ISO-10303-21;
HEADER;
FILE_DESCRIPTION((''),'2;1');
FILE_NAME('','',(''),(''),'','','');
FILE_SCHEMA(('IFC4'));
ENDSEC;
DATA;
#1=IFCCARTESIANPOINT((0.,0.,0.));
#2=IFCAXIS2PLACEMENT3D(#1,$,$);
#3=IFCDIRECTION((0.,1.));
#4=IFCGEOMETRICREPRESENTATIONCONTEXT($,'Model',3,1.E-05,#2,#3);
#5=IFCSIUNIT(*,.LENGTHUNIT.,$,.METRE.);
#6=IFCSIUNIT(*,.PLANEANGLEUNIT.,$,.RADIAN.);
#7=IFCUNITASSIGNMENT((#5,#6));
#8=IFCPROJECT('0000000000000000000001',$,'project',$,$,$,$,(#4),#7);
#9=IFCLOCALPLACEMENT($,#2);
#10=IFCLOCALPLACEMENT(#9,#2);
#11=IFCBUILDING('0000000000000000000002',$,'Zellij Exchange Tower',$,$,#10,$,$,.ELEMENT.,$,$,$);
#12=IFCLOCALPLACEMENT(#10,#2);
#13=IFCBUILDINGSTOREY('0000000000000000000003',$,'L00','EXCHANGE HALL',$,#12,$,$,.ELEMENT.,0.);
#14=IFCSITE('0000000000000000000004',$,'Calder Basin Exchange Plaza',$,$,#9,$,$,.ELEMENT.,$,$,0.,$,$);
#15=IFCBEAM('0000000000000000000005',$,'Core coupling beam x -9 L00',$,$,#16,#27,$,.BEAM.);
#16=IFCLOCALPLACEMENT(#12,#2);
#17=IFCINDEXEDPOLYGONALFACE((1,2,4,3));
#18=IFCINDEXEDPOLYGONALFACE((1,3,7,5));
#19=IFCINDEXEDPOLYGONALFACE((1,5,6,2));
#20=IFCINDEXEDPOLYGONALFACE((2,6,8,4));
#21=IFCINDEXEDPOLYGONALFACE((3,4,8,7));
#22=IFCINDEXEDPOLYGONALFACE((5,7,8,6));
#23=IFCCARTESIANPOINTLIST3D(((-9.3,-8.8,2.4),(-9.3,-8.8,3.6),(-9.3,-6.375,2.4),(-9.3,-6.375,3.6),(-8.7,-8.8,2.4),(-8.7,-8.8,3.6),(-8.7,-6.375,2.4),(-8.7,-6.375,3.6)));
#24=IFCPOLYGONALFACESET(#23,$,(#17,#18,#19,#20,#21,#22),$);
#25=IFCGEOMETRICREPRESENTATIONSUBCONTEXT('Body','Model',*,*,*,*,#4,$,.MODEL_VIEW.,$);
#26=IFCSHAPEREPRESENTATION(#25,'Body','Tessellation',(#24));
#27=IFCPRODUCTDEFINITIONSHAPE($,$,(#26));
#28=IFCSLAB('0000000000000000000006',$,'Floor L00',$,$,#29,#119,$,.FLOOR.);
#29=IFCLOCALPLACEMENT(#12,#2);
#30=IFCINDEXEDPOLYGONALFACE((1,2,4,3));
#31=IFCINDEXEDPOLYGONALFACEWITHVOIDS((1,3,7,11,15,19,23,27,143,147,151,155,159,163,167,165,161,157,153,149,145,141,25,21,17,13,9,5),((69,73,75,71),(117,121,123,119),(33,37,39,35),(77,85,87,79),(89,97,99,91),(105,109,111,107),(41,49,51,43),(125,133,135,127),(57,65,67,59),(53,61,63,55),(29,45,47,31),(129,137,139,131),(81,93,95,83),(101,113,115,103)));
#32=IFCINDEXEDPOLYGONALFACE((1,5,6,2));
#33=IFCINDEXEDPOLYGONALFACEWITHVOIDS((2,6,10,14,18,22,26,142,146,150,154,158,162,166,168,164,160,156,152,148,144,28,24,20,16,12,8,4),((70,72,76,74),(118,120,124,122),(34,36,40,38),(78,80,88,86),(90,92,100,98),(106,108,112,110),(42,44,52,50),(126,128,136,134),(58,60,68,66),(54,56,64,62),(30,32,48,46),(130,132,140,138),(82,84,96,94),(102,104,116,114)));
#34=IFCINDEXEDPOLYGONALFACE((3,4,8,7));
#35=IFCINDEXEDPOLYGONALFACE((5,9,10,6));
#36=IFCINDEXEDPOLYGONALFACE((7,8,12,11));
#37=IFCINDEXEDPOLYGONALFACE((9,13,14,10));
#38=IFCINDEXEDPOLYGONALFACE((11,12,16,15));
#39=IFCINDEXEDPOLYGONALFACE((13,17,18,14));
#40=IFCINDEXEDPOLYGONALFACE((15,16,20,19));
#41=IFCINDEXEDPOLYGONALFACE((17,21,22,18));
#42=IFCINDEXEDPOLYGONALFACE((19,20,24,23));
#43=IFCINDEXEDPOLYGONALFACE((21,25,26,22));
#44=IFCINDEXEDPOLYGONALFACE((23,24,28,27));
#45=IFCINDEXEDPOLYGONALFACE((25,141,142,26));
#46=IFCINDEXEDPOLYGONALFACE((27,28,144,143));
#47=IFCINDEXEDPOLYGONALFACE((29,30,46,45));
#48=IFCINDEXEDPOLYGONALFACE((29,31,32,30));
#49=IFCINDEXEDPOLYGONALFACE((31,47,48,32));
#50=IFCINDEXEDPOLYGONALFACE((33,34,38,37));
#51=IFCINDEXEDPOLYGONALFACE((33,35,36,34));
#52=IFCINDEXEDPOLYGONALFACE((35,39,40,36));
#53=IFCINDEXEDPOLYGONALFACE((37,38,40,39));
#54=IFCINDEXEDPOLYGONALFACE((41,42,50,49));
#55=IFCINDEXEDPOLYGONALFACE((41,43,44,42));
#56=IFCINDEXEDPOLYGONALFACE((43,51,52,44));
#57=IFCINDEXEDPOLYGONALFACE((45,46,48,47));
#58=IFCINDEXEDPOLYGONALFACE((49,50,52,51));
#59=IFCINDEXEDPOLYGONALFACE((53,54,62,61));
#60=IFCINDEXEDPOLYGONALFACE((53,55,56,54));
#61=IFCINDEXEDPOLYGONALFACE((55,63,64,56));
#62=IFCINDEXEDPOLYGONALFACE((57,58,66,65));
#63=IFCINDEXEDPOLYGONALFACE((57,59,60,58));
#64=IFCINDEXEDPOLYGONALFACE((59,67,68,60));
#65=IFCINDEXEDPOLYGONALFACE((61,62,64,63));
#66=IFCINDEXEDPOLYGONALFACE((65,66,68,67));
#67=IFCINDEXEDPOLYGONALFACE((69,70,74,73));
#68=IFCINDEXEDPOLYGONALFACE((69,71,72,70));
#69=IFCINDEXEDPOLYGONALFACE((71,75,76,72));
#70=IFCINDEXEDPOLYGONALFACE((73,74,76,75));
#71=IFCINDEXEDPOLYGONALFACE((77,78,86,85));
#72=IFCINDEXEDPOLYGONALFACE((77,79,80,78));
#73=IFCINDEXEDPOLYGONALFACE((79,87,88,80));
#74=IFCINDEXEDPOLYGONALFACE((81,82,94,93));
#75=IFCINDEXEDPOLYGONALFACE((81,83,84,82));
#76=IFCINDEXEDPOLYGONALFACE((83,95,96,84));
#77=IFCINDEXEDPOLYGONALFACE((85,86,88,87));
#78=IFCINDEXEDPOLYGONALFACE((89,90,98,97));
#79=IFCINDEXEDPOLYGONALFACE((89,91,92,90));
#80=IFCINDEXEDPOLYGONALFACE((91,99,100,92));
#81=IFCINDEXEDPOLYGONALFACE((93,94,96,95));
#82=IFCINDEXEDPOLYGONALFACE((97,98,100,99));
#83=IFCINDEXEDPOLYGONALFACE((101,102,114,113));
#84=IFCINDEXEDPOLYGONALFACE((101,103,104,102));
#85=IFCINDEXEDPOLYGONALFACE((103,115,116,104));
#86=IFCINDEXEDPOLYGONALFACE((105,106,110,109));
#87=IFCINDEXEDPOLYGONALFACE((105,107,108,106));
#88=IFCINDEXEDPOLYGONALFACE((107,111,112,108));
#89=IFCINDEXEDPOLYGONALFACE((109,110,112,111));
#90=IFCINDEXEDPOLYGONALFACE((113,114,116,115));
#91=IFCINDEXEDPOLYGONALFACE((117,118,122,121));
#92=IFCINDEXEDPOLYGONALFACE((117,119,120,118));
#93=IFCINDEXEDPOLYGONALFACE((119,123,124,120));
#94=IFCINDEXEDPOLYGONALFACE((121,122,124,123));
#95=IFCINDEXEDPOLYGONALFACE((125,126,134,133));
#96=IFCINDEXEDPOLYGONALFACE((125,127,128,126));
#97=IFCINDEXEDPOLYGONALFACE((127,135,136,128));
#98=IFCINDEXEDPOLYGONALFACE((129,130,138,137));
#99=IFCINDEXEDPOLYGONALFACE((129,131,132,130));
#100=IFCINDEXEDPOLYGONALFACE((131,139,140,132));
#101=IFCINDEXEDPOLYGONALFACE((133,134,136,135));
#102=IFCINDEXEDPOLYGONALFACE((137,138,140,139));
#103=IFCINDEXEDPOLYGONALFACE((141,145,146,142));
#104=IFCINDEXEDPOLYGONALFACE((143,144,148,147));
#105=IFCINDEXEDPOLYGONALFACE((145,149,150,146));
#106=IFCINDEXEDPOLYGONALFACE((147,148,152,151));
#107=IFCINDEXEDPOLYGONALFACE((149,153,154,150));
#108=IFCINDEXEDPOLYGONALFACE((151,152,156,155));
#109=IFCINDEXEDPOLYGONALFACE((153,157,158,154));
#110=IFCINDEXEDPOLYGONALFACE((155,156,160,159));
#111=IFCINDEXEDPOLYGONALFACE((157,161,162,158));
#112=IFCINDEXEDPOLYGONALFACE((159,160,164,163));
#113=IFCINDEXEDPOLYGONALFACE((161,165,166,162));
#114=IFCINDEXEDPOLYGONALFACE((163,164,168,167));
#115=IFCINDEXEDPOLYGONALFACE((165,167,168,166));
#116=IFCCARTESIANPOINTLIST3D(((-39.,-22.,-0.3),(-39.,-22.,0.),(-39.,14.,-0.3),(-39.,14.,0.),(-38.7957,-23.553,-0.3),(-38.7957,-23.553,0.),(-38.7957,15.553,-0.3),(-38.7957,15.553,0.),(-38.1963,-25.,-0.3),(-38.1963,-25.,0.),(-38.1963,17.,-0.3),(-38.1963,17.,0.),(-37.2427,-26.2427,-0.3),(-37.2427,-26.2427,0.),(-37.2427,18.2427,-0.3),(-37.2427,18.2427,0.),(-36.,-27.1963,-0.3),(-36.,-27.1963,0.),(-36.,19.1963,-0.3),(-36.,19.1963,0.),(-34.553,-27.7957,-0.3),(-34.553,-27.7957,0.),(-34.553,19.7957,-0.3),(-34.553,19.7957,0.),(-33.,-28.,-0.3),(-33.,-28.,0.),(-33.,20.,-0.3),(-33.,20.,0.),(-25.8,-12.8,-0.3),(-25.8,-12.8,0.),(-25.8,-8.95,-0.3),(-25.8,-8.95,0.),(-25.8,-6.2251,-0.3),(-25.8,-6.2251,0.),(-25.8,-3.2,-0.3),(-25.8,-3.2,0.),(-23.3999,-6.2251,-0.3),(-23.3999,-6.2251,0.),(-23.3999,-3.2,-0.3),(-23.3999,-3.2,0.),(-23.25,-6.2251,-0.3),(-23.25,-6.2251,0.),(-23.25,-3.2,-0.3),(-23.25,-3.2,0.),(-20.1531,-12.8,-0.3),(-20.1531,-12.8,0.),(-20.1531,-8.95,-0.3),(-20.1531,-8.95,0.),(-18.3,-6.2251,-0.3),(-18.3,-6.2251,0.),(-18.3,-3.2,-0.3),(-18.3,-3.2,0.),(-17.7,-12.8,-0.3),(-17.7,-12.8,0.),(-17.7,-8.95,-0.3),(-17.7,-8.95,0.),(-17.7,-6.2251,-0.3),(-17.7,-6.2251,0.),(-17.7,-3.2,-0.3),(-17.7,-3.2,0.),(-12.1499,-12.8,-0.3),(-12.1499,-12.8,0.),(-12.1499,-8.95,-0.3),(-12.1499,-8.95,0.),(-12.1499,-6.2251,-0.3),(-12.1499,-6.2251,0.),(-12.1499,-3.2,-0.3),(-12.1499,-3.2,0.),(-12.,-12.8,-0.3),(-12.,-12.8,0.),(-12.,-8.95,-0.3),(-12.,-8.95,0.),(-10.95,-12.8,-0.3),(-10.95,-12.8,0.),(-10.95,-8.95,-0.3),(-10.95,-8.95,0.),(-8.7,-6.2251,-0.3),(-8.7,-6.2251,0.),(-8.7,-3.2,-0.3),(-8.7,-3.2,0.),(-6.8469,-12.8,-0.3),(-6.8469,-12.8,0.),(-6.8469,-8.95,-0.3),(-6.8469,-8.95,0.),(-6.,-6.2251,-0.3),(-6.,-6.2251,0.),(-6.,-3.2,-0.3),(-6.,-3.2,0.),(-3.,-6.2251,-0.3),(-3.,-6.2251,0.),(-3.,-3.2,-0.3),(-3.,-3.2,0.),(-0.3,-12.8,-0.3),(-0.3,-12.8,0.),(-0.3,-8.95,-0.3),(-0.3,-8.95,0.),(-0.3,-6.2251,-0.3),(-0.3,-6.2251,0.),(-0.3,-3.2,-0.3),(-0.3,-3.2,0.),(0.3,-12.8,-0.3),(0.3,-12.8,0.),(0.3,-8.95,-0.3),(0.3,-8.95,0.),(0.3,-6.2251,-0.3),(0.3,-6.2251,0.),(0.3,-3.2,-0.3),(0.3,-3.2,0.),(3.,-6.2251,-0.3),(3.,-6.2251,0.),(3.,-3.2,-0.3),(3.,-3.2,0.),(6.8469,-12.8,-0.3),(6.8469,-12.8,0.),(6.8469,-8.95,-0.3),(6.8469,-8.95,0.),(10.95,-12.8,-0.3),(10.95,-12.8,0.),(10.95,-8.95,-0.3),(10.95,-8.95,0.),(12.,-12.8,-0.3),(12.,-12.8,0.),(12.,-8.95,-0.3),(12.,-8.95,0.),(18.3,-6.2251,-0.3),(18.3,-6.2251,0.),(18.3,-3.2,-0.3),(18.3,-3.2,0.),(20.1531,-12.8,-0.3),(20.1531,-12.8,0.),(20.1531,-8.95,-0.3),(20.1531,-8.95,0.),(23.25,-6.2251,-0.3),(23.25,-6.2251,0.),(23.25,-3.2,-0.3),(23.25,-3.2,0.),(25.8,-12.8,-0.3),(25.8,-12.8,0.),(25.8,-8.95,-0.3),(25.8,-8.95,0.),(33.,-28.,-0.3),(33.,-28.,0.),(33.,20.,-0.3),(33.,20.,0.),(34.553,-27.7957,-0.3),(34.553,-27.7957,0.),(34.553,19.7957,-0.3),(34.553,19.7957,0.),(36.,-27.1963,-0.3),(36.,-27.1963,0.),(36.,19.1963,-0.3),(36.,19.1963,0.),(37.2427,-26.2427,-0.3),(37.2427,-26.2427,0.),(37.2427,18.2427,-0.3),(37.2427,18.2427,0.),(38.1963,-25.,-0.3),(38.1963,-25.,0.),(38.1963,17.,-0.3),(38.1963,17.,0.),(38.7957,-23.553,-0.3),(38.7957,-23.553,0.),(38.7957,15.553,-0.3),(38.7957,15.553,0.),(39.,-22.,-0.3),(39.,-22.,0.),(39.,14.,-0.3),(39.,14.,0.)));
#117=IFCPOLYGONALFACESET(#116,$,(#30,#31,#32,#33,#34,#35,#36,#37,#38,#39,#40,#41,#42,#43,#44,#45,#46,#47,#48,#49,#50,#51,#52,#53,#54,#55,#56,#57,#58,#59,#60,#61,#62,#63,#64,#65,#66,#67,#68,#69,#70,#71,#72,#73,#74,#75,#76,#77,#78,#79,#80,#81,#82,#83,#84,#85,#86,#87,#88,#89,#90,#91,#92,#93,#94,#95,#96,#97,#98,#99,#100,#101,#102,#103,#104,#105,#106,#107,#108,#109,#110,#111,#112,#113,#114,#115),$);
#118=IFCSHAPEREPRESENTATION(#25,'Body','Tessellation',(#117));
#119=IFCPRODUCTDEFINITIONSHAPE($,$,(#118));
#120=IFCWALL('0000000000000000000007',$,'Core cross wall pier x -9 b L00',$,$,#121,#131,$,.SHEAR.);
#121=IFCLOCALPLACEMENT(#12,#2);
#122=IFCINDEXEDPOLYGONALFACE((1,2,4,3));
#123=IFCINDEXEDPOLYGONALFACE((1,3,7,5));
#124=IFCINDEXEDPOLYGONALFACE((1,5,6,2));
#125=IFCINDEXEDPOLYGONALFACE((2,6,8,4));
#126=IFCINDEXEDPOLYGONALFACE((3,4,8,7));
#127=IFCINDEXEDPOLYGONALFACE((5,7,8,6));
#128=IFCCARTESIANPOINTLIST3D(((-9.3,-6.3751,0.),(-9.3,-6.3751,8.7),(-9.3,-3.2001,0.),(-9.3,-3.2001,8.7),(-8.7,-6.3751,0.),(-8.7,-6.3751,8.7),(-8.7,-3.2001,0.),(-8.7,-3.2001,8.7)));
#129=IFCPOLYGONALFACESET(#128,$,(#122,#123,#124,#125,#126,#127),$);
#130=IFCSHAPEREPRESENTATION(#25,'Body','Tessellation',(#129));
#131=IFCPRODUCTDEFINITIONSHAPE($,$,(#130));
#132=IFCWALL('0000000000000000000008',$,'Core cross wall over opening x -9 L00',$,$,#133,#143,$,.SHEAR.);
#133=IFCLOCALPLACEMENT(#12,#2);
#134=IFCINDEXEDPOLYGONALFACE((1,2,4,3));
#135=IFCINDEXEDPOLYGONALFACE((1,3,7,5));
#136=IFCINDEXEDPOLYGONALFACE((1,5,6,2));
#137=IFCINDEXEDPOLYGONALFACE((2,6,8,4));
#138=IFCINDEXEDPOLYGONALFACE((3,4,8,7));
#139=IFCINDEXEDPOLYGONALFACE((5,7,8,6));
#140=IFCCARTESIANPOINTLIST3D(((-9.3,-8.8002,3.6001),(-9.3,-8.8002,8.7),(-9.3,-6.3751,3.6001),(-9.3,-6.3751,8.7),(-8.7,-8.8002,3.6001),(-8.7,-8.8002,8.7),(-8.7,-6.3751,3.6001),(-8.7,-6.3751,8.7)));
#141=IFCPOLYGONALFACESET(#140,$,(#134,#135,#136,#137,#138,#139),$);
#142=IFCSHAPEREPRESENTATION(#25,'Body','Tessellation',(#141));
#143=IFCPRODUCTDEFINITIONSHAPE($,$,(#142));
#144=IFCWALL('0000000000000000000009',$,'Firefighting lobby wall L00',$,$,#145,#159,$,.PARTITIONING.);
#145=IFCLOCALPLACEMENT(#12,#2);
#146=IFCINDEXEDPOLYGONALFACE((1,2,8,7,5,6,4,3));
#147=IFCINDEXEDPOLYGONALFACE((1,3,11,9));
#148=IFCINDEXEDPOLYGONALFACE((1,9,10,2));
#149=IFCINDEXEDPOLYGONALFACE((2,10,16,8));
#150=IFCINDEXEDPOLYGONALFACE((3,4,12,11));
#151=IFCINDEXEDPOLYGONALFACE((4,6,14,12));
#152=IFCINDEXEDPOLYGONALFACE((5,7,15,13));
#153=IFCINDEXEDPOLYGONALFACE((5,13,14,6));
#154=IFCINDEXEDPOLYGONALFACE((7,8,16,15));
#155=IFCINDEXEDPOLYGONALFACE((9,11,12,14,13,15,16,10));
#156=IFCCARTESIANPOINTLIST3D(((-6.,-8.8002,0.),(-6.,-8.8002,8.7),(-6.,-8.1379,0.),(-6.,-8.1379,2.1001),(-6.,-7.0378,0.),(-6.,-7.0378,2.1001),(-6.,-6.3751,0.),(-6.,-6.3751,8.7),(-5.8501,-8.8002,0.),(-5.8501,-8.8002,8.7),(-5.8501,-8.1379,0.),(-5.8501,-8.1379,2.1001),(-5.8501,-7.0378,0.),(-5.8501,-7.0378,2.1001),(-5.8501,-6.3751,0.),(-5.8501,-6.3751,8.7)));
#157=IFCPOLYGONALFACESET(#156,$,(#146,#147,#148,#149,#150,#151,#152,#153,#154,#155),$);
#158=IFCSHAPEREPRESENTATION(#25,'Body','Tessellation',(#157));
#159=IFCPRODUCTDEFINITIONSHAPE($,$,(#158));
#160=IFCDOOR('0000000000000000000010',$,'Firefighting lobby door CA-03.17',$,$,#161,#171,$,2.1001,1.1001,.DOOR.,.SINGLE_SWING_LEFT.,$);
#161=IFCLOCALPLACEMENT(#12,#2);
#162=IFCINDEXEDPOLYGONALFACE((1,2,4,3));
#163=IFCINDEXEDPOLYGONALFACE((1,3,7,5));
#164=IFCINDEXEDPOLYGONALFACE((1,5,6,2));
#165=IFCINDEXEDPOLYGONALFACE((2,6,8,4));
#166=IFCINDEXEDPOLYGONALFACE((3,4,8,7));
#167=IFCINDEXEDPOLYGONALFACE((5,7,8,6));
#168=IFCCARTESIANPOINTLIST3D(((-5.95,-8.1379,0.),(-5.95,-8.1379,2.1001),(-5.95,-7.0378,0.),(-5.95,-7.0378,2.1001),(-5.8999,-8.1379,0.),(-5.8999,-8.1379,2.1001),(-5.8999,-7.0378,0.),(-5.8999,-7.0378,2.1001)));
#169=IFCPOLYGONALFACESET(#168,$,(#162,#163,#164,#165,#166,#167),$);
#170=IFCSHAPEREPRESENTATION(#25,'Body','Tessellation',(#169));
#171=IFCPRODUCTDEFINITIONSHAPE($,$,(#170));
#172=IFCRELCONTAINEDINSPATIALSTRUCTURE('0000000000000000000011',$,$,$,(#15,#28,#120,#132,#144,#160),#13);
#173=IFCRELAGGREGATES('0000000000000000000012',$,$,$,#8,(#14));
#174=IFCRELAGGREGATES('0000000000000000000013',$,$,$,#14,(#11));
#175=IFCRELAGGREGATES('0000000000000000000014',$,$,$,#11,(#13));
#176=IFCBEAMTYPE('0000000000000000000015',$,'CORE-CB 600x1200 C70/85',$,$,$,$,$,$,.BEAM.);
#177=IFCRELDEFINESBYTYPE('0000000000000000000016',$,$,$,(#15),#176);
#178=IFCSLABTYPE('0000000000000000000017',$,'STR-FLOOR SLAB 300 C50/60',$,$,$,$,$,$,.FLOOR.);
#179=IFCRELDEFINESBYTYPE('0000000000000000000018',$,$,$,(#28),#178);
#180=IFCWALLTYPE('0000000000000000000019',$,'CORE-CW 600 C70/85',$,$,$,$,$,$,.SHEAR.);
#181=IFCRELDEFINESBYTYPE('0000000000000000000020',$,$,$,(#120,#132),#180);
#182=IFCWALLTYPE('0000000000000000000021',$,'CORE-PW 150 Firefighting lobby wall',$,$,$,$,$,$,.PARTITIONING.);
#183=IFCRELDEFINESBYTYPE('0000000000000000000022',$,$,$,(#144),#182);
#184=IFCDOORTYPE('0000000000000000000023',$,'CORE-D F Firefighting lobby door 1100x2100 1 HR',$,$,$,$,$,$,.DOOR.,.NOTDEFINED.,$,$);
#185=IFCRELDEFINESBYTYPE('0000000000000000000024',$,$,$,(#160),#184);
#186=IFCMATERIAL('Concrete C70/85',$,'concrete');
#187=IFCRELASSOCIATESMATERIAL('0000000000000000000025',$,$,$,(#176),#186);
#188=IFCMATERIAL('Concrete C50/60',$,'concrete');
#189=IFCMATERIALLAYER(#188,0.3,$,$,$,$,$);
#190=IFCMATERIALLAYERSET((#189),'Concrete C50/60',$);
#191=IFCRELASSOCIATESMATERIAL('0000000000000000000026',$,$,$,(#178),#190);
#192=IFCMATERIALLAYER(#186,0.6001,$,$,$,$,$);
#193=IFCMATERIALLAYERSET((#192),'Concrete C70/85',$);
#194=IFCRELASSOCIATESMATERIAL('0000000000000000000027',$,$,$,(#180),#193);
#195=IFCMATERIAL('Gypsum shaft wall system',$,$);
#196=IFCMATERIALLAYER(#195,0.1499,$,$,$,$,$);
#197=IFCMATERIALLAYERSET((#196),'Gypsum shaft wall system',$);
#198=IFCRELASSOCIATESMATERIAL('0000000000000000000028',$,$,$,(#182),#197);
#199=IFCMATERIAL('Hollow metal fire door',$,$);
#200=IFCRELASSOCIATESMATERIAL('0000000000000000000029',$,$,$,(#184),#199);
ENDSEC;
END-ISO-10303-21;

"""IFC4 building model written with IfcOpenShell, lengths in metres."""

from ifc_helpers import new_model, si_unit, direction, frame, frame_2d, origin, origin_2d, place, context, subcontext, project, spatial, polyline, rectangle, outline, extrude, material, layer, layer_set, material_profile, profile_set, type_object, element, fill, save


model = new_model("IFC4")

# Units and contexts
model_context = context("Model", 3, precision=1e-05, world=origin(), true_north=direction((0.0, 1.0)))
body_context = subcontext(model_context, "Body", "Model", "MODEL_VIEW")
ifc_project = project(units=[si_unit("LENGTHUNIT", "METRE"), si_unit("PLANEANGLEUNIT", "RADIAN")], contexts=[model_context])

# Site, building, storey
site_placement = place(None, origin())
site = spatial("IfcSite", under=ifc_project, at=site_placement, Name="Calder Basin Exchange Plaza", CompositionType="ELEMENT", RefElevation=0.0)
building_placement = place(site_placement, origin())
building = spatial("IfcBuilding", under=site, at=building_placement, Name="Zellij Exchange Tower", CompositionType="ELEMENT")
storey_placement = place(building_placement, origin())
storey = spatial("IfcBuildingStorey", under=building, at=storey_placement, Name="L00", Description="EXCHANGE HALL", CompositionType="ELEMENT", Elevation=0.0)

# Beam
ifc_material_1 = material(Name="Concrete C70/85", Category="concrete")
ifc_material_profile = material_profile(ifc_material_1, rectangle(XDim=0.6001, YDim=1.2, at=origin_2d()), Name="CORE-CB 600x1200 C70/85")
ifc_profile_set = profile_set([ifc_material_profile], Name="Concrete C70/85")
beam_type = type_object("IfcBeamType", Name="CORE-CB 600x1200 C70/85", PredefinedType="BEAM", material=ifc_profile_set)
beam_placement = place(storey_placement, frame((-9.0, -8.8, 3.0), z_axis=(0.0, 1.0, 0.0), x_axis=(-1.0, 0.0, 0.0)))
element("IfcBeam", 1, at=beam_placement, inside=storey, type_object=beam_type, Name="Core coupling beam x -9 L00", PredefinedType="BEAM", context=body_context, shape_type="SweptSolid", body=[
    extrude(rectangle(XDim=0.6001, YDim=1.2, at=origin_2d()), origin(), (0.0, 0.0, 1.0), 2.425),
])

# Slab
ifc_material_2 = material(Name="Concrete C50/60", Category="concrete")
ifc_layer_1 = layer(ifc_material_2, 0.3)
ifc_layer_set_1 = layer_set([ifc_layer_1], Name="Concrete C50/60")
slab_type = type_object("IfcSlabType", Name="STR-FLOOR SLAB 300 C50/60", PredefinedType="FLOOR", material=ifc_layer_set_1)
slab_placement = place(storey_placement, frame((0.0, 0.0, -0.3)))
element("IfcSlab", 2, at=slab_placement, inside=storey, type_object=slab_type, Name="Floor L00", PredefinedType="FLOOR", context=body_context, shape_type="SweptSolid", body=[
    extrude(outline(polyline([(-33.0, -28.0), (-34.553, -27.7957), (-36.0, -27.1963), (-37.2427, -26.2427), (-38.1963, -25.0), (-38.7957, -23.553), (-39.0, -22.0), (-39.0, 14.0), (-38.7957, 15.553), (-38.1963, 17.0), (-37.2427, 18.2427), (-36.0, 19.1963), (-34.553, 19.7957), (-33.0, 20.0), (33.0, 20.0), (34.553, 19.7957), (36.0, 19.1963), (37.2427, 18.2427), (38.1963, 17.0), (38.7957, 15.553), (39.0, 14.0), (39.0, -22.0), (38.7957, -23.553), (38.1963, -25.0), (37.2427, -26.2427), (36.0, -27.1963), (34.553, -27.7957), (33.0, -28.0), (-33.0, -28.0)]), holes=[polyline([(-25.8, -8.95), (-25.8, -12.8), (-20.1531, -12.8), (-20.1531, -8.95), (-25.8, -8.95)]), polyline([(-12.1499, -8.95), (-17.7, -8.95), (-17.7, -12.8), (-12.1499, -12.8), (-12.1499, -8.95)]), polyline([(-10.95, -8.95), (-12.0, -8.95), (-12.0, -12.8), (-10.95, -12.8), (-10.95, -8.95)]), polyline([(-23.3999, -3.2), (-25.8, -3.2), (-25.8, -6.2251), (-23.3999, -6.2251), (-23.3999, -3.2)]), polyline([(-18.3, -3.2), (-23.25, -3.2), (-23.25, -6.2251), (-18.3, -6.2251), (-18.3, -3.2)]), polyline([(-12.1499, -3.2), (-17.7, -3.2), (-17.7, -6.2251), (-12.1499, -6.2251), (-12.1499, -3.2)]), polyline([(-6.0, -3.2), (-8.7, -3.2), (-8.7, -6.2251), (-6.0, -6.2251), (-6.0, -3.2)]), polyline([(-6.8469, -8.95), (-6.8469, -12.8), (-0.3, -12.8), (-0.3, -8.95), (-6.8469, -8.95)]), polyline([(6.8469, -8.95), (0.3, -8.95), (0.3, -12.8), (6.8469, -12.8), (6.8469, -8.95)]), polyline([(12.0, -8.95), (10.95, -8.95), (10.95, -12.8), (12.0, -12.8), (12.0, -8.95)]), polyline([(25.8, -8.95), (20.1531, -8.95), (20.1531, -12.8), (25.8, -12.8), (25.8, -8.95)]), polyline([(-0.3, -3.2), (-3.0, -3.2), (-3.0, -6.2251), (-0.3, -6.2251), (-0.3, -3.2)]), polyline([(3.0, -3.2), (0.3, -3.2), (0.3, -6.2251), (3.0, -6.2251), (3.0, -3.2)]), polyline([(23.25, -3.2), (18.3, -3.2), (18.3, -6.2251), (23.25, -6.2251), (23.25, -3.2)])]), origin(), (0.0, 0.0, 1.0), 0.3),
])

# Walls
ifc_layer_2 = layer(ifc_material_1, 0.6001)
ifc_layer_set_2 = layer_set([ifc_layer_2], Name="Concrete C70/85")
wall_type_1 = type_object("IfcWallType", Name="CORE-CW 600 C70/85", PredefinedType="SHEAR", material=ifc_layer_set_2)
wall_1_placement = place(storey_placement, frame((-9.0, -6.375, 0.0), z_axis=(0.0, 0.0, 1.0), x_axis=(0.0, 1.0, 0.0)))
element("IfcWall", 3, at=wall_1_placement, inside=storey, type_object=wall_type_1, Name="Core cross wall pier x -9 b L00", PredefinedType="SHEAR", context=body_context, shape_type="SweptSolid", body=[
    extrude(rectangle(XDim=3.175, YDim=0.6001, at=frame_2d((1.5874, 0.0))), origin(), (0.0, 0.0, 1.0), 8.7),
])
wall_2_placement = place(storey_placement, frame((-9.0, -8.8, 3.6001), z_axis=(0.0, 0.0, 1.0), x_axis=(0.0, 1.0, 0.0)))
element("IfcWall", 4, at=wall_2_placement, inside=storey, type_object=wall_type_1, Name="Core cross wall over opening x -9 L00", PredefinedType="SHEAR", context=body_context, shape_type="SweptSolid", body=[
    extrude(rectangle(XDim=2.425, YDim=0.6001, at=frame_2d((1.2124, 0.0))), origin(), (0.0, 0.0, 1.0), 5.0999),
])

# Wall, opening, door
ifc_material_3 = material(Name="Gypsum shaft wall system")
ifc_layer_3 = layer(ifc_material_3, 0.1499)
ifc_layer_set_3 = layer_set([ifc_layer_3], Name="Gypsum shaft wall system")
wall_type_2 = type_object("IfcWallType", Name="CORE-PW 150 Firefighting lobby wall", PredefinedType="PARTITIONING", material=ifc_layer_set_3)
wall_3_placement = place(storey_placement, frame((-5.925, -8.8, 0.0), z_axis=(0.0, 0.0, 1.0), x_axis=(0.0, 1.0, 0.0)))
wall_3 = element("IfcWall", 5, at=wall_3_placement, inside=storey, type_object=wall_type_2, Name="Firefighting lobby wall L00", PredefinedType="PARTITIONING", context=body_context, shape_type="SweptSolid", body=[
    extrude(rectangle(XDim=2.425, YDim=0.1499, at=frame_2d((1.2124, 0.0))), origin(), (0.0, 0.0, 1.0), 8.7),
])
opening_1_placement = place(wall_3_placement, frame((0.6621, 0.0, 0.0)))
opening_1 = element("IfcOpeningElement", 6, at=opening_1_placement, cuts=wall_3, PredefinedType="OPENING", context=body_context, shape_type="SweptSolid", body=[
    extrude(rectangle(XDim=1.1001, YDim=2.1001, at=frame_2d((0.55, 1.05))), frame((0.0, 0.0869, 0.0), z_axis=(0.0, -1.0, 0.0), x_axis=(1.0, 0.0, 0.0)), (0.0, 0.0, 1.0), 0.1738),
])
ifc_material_4 = material(Name="Hollow metal fire door")
door_type_1 = type_object("IfcDoorType", Name="CORE-D F Firefighting lobby door 1100x2100 1 HR", OperationType="NOTDEFINED", PredefinedType="DOOR", material=ifc_material_4)
door_1_placement = place(opening_1_placement, origin())
door_1 = element("IfcDoor", 7, at=door_1_placement, inside=storey, type_object=door_type_1, Name="Firefighting lobby door CA-03.17", OperationType="SINGLE_SWING_LEFT", OverallHeight=2.1001, OverallWidth=1.1001, PredefinedType="DOOR", context=body_context, shape_type="SweptSolid", body=[
    extrude(rectangle(XDim=1.1001, YDim=2.1001, at=frame_2d((0.55, 1.05))), frame((0.0, 0.0249, 0.0), z_axis=(0.0, -1.0, 0.0), x_axis=(1.0, 0.0, 0.0)), (0.0, 0.0, 1.0), 0.05),
])
fill(opening_1, door_1)

save(model, "model.ifc")
